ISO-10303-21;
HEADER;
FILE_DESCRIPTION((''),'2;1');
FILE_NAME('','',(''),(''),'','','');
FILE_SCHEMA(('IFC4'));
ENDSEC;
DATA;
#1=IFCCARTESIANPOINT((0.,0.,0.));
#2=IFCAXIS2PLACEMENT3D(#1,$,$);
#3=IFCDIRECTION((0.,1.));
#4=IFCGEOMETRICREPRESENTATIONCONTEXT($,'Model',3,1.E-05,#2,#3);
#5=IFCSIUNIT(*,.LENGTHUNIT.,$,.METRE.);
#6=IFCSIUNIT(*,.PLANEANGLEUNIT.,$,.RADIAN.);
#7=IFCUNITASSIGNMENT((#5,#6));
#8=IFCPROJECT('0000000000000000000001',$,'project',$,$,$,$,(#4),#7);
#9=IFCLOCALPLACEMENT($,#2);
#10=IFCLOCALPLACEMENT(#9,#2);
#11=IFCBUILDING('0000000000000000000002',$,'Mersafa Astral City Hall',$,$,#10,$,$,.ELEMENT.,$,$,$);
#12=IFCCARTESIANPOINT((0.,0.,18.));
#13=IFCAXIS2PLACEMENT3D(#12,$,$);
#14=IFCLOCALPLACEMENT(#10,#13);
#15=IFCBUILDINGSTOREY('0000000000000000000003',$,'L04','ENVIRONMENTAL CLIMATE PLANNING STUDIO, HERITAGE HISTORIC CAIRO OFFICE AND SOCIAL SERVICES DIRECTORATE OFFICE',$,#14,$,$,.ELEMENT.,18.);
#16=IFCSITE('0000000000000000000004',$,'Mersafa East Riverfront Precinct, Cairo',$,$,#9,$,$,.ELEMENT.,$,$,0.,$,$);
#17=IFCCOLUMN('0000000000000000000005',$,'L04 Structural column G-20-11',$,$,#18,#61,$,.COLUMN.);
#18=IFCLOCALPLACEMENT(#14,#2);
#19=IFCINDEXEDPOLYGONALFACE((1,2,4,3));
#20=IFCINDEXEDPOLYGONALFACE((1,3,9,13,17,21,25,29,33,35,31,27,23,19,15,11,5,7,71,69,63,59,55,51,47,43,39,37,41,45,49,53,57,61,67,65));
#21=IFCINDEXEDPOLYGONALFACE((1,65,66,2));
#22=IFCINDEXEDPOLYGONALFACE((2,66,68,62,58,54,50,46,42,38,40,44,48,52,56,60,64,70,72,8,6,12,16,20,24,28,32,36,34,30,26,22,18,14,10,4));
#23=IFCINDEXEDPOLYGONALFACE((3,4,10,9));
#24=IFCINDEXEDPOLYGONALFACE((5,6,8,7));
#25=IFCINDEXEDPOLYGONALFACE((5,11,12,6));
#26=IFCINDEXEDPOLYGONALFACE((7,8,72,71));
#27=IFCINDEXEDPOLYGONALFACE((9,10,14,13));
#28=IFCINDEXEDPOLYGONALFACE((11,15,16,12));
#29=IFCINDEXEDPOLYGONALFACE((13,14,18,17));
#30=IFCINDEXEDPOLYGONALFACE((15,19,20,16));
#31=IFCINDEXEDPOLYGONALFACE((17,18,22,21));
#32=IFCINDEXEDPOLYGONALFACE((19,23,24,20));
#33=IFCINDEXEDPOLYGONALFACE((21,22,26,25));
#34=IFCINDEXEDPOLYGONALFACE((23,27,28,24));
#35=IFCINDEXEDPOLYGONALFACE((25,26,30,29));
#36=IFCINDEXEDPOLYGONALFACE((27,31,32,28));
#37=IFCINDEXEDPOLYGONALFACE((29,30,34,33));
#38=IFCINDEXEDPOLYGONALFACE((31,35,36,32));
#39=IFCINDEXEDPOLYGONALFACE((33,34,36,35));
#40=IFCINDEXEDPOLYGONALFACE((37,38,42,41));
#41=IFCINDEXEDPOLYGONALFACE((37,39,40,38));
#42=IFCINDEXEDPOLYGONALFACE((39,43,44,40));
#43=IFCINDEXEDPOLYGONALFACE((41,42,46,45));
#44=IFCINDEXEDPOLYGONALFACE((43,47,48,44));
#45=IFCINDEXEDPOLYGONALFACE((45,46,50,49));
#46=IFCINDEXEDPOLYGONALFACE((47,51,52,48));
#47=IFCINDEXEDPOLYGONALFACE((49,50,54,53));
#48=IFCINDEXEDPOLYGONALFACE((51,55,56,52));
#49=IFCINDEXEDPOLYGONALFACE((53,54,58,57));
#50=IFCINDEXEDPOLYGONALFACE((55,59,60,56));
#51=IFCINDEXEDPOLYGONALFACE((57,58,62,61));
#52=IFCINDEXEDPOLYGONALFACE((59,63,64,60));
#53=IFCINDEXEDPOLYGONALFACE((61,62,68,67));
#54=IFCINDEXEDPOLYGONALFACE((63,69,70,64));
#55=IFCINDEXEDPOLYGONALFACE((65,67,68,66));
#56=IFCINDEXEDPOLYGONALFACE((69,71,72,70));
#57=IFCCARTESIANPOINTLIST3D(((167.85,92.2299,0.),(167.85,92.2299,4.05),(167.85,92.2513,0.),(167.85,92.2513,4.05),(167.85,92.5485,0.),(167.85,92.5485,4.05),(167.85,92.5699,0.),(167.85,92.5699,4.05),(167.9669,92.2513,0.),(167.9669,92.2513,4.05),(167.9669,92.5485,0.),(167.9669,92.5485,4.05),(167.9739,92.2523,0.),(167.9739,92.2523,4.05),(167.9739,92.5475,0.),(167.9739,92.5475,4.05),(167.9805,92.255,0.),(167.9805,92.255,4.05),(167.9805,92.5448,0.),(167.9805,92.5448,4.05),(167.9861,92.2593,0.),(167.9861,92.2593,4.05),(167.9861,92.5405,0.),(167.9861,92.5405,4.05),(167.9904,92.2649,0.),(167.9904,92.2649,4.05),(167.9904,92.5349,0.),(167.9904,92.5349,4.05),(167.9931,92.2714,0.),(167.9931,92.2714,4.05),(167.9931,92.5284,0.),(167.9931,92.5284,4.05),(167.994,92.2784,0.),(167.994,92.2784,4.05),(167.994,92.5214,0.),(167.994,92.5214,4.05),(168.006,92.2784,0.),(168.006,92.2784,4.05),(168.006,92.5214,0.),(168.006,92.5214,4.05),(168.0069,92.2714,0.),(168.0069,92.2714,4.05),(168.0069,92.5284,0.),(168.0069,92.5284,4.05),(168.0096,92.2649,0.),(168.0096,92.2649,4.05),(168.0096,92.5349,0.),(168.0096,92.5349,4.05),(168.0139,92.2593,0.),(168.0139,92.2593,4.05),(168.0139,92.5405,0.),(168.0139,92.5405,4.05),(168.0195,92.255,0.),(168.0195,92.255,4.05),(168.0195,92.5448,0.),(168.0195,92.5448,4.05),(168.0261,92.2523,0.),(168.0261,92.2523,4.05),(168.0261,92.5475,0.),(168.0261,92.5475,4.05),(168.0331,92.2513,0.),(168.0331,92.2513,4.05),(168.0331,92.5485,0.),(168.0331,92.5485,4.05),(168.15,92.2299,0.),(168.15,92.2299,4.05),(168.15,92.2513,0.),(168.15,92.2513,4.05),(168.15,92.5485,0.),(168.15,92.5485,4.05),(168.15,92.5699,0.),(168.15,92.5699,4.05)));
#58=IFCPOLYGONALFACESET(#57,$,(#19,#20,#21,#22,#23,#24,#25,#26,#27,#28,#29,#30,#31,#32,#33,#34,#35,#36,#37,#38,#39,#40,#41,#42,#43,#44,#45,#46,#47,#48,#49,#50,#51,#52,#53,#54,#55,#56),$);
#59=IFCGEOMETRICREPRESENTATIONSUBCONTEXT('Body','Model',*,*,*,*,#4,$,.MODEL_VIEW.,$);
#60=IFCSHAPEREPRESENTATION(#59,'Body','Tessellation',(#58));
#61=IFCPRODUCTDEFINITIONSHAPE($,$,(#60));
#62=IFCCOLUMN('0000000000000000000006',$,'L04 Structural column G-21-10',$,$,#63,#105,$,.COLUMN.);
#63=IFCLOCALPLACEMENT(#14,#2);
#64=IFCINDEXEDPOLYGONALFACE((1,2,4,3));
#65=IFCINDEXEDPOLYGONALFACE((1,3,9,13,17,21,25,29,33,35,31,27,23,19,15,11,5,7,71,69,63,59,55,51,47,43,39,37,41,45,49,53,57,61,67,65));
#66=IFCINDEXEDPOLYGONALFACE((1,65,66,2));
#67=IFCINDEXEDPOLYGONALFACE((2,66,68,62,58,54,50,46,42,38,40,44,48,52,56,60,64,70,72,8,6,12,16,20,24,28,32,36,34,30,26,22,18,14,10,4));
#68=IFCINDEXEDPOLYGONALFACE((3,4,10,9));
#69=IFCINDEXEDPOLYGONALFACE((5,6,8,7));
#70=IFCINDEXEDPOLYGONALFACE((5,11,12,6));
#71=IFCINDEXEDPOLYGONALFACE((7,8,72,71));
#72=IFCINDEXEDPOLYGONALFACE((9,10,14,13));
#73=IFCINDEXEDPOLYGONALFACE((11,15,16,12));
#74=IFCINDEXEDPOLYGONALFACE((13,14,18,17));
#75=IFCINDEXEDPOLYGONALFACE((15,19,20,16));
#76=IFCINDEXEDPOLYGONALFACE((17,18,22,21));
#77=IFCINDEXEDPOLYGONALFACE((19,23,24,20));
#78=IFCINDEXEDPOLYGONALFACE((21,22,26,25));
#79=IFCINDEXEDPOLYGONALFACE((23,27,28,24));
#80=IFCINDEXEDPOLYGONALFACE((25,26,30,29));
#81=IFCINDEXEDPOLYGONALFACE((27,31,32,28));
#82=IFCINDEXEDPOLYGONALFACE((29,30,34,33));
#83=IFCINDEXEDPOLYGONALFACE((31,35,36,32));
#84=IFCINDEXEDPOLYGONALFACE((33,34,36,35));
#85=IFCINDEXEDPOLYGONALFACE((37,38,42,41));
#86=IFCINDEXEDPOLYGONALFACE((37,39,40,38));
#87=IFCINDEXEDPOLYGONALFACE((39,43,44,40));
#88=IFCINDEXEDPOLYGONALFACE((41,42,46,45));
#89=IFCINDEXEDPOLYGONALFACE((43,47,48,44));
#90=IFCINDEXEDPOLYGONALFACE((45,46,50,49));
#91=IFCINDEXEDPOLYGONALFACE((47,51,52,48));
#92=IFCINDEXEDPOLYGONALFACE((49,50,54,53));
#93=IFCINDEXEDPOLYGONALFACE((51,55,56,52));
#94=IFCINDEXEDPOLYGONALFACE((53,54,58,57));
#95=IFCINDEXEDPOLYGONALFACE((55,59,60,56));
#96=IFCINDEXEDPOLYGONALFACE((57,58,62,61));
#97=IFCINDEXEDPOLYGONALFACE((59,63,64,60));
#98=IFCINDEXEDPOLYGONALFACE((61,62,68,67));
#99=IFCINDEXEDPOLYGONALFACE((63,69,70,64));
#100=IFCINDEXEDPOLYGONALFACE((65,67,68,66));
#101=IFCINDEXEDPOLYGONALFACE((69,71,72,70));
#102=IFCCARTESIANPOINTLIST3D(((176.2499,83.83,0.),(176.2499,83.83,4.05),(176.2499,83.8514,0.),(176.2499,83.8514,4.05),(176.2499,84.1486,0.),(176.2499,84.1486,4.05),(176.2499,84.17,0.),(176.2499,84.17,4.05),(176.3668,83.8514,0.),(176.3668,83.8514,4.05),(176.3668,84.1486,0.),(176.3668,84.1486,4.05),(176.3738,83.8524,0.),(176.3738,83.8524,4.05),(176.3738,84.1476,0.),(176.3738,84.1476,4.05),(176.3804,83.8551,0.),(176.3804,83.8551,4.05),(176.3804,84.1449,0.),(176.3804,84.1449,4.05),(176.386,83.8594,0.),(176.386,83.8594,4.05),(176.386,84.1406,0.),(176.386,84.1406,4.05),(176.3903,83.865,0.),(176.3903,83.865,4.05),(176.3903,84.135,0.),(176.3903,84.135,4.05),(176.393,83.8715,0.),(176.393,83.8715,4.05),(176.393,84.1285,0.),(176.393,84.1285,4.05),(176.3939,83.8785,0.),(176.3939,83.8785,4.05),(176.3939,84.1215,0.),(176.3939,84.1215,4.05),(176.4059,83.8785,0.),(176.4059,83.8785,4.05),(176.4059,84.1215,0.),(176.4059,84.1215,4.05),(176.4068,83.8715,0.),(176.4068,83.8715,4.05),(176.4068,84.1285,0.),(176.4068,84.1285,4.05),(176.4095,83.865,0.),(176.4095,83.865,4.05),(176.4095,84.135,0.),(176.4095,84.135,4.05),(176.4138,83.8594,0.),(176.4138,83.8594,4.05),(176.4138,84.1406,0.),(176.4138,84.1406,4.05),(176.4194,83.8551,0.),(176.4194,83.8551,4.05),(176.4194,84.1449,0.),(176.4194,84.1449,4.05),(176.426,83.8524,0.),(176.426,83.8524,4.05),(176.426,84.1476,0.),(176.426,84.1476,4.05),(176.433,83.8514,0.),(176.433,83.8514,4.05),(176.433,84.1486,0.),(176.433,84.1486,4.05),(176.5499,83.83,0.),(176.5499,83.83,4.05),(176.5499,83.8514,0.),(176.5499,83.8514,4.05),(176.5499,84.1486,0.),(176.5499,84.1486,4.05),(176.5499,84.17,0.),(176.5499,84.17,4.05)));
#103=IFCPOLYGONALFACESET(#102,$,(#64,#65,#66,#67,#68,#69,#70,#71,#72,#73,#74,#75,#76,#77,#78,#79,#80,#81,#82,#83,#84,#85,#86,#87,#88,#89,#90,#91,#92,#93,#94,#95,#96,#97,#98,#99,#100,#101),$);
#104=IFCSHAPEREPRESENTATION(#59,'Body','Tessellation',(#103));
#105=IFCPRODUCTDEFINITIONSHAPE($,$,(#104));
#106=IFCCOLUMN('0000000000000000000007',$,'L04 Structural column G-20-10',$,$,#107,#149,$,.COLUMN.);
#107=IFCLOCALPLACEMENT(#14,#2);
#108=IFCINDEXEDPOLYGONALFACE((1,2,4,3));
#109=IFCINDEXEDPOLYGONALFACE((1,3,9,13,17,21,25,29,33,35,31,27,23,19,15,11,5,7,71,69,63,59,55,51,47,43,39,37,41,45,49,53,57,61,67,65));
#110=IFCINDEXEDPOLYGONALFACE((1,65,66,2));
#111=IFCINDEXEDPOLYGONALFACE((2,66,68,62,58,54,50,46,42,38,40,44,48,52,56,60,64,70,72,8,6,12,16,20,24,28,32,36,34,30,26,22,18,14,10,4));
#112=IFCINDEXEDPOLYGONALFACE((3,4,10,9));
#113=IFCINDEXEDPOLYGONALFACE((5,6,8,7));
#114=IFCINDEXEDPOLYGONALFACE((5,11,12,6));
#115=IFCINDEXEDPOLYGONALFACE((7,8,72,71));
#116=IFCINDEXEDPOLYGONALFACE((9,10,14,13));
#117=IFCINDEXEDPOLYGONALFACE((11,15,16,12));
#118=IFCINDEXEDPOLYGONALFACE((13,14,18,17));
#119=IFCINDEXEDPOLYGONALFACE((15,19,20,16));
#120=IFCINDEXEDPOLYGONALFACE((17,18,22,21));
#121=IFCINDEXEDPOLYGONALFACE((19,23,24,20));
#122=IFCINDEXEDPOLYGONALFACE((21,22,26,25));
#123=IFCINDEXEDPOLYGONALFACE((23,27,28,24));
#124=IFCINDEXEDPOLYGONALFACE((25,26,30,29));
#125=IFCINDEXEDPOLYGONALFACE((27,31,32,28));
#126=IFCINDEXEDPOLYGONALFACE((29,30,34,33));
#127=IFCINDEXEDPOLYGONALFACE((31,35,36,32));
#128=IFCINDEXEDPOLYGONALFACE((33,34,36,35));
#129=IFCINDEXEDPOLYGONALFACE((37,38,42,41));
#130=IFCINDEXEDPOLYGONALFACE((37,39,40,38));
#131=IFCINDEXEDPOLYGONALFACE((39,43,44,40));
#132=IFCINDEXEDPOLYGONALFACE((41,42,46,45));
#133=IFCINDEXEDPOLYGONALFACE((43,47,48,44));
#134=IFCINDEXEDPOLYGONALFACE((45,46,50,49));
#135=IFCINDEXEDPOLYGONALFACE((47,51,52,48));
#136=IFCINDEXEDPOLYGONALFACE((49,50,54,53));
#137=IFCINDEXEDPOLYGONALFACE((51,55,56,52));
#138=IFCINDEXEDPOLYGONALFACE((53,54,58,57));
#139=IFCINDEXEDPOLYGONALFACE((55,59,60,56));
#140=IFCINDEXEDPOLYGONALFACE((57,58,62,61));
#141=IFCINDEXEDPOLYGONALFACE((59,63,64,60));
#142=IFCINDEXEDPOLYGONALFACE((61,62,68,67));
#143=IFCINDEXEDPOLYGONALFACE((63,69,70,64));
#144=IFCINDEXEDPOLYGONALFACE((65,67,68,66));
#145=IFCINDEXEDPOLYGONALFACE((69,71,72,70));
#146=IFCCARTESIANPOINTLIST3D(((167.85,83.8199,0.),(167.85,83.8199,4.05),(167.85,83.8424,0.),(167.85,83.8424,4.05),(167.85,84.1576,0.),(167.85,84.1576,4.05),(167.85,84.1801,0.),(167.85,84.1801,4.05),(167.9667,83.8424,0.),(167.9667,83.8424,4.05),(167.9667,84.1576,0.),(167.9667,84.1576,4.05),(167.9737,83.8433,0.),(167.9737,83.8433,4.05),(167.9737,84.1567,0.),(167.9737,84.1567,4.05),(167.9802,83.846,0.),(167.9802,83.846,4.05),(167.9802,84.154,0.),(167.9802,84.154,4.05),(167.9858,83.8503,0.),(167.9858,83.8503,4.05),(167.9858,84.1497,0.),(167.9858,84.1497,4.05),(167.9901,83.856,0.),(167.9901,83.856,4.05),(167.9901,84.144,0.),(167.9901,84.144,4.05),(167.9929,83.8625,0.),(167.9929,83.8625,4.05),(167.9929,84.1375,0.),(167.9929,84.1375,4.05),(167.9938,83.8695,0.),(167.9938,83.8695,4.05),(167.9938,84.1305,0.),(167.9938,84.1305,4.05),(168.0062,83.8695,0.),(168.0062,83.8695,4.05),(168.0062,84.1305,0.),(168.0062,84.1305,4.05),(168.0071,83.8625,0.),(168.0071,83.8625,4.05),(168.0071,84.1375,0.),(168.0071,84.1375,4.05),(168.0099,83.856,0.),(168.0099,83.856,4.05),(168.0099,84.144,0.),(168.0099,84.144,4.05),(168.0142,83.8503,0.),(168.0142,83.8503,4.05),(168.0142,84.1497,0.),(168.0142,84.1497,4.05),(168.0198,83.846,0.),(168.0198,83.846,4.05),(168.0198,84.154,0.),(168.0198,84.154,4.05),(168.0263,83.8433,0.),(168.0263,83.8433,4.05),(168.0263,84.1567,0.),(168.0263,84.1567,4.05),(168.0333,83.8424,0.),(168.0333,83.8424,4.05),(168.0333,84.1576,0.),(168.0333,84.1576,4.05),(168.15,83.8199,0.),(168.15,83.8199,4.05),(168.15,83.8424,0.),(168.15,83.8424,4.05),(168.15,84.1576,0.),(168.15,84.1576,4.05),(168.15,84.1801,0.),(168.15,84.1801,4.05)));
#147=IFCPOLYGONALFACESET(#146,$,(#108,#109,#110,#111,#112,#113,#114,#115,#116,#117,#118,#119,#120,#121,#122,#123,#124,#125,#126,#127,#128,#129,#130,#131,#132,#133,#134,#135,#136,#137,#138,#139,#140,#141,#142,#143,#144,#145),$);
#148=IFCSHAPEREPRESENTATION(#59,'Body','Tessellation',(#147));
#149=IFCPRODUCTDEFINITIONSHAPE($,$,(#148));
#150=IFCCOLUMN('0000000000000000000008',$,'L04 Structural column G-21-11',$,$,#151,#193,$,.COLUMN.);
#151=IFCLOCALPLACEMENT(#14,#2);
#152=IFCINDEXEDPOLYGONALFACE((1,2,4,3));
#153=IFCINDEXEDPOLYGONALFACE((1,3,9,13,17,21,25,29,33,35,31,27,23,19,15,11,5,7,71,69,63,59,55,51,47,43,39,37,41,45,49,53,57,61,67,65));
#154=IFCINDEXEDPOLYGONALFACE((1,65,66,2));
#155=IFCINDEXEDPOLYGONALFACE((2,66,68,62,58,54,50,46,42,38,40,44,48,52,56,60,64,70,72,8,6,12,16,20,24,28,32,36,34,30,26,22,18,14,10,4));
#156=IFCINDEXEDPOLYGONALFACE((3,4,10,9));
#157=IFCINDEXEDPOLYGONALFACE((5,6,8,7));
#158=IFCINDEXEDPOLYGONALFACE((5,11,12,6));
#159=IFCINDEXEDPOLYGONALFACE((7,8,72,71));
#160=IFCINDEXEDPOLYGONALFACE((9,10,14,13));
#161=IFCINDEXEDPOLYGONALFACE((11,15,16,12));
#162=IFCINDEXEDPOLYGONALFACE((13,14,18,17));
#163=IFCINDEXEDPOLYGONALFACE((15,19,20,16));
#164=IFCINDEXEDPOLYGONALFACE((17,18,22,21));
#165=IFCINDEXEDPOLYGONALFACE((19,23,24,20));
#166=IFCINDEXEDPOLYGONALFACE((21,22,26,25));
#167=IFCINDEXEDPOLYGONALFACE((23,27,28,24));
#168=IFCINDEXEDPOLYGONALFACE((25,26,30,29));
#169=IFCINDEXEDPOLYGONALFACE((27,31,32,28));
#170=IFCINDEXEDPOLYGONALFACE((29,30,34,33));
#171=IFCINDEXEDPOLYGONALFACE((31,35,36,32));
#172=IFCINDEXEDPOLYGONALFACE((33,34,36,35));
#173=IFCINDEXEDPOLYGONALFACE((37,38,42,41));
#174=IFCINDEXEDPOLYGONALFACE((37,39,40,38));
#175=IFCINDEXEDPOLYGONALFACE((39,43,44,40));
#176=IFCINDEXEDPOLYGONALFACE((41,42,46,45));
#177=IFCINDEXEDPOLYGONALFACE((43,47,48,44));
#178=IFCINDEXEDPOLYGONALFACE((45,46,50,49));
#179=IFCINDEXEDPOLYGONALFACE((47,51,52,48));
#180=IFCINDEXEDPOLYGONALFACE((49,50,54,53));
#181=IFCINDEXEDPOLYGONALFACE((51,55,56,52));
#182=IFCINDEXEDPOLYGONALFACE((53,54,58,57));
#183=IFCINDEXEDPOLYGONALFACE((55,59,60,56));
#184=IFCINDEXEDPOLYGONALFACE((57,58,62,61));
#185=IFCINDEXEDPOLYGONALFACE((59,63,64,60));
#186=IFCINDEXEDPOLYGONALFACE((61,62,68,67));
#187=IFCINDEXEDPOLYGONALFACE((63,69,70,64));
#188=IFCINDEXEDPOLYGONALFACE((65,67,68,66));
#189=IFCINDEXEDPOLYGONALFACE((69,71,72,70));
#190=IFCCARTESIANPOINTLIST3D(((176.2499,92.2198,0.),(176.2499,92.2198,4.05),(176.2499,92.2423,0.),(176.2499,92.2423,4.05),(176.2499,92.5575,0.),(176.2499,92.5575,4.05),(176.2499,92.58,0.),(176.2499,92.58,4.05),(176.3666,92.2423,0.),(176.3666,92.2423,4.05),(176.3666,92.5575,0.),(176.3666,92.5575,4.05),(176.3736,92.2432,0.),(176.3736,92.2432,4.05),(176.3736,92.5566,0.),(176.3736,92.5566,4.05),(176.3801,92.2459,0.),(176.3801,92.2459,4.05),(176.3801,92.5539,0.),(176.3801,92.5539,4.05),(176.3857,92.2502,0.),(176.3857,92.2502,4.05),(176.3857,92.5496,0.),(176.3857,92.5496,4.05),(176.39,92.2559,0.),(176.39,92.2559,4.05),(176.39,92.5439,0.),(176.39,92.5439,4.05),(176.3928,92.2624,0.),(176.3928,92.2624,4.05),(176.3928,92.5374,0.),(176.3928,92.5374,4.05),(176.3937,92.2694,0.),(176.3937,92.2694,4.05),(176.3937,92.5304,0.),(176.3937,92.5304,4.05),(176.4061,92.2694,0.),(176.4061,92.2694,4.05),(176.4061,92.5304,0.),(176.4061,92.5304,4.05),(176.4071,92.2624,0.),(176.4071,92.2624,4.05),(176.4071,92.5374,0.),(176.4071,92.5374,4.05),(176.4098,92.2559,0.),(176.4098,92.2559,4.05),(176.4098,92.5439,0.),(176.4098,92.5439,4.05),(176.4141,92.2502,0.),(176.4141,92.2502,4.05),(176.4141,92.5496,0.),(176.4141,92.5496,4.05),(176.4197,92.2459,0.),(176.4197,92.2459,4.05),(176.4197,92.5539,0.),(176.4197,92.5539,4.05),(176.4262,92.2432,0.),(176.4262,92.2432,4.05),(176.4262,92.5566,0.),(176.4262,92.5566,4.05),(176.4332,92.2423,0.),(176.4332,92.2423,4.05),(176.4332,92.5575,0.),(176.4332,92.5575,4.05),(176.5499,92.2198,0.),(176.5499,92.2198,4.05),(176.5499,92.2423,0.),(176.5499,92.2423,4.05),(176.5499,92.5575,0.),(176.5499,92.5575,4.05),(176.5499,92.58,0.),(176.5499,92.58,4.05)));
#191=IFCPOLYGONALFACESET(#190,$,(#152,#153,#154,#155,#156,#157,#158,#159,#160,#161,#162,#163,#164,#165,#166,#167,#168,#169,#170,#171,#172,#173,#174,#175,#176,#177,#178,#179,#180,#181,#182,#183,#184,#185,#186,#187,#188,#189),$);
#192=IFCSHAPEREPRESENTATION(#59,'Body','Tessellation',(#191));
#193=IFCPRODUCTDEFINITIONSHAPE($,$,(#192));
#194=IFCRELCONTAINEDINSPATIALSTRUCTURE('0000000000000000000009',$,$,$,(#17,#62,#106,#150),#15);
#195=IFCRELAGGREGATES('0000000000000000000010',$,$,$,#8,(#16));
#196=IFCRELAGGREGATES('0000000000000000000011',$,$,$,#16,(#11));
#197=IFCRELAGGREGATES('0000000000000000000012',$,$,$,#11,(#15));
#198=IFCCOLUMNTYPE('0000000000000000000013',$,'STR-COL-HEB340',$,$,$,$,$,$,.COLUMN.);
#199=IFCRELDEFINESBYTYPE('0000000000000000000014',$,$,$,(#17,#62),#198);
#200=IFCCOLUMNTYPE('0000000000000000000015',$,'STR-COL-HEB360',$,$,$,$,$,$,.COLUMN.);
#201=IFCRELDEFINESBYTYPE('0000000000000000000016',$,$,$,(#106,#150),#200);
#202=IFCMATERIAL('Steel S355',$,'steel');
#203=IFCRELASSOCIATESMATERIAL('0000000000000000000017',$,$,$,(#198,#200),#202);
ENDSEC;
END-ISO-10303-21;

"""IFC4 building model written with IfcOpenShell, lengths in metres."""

from ifc_helpers import new_model, si_unit, direction, frame, origin, origin_2d, place, context, subcontext, project, spatial, i_section, extrude, material, material_profile, profile_set, type_object, element, save


model = new_model("IFC4")

# Units and contexts
model_context = context("Model", 3, precision=1e-05, world=origin(), true_north=direction((0.0, 1.0)))
body_context = subcontext(model_context, "Body", "Model", "MODEL_VIEW")
ifc_project = project(units=[si_unit("LENGTHUNIT", "METRE"), si_unit("PLANEANGLEUNIT", "RADIAN")], contexts=[model_context])

# Site, building, storey
site_placement = place(None, origin())
site = spatial("IfcSite", under=ifc_project, at=site_placement, Name="Mersafa East Riverfront Precinct, Cairo", CompositionType="ELEMENT", RefElevation=0.0)
building_placement = place(site_placement, origin())
building = spatial("IfcBuilding", under=site, at=building_placement, Name="Mersafa Astral City Hall", CompositionType="ELEMENT")
storey_placement = place(building_placement, frame((0.0, 0.0, 18.0)))
storey = spatial("IfcBuildingStorey", under=building, at=storey_placement, Name="L04", Description="ENVIRONMENTAL CLIMATE PLANNING STUDIO, HERITAGE HISTORIC CAIRO OFFICE AND SOCIAL SERVICES DIRECTORATE OFFICE", CompositionType="ELEMENT", Elevation=18.0)

# Columns
ifc_material_1 = material(Name="Steel S355", Category="steel")
ifc_material_profile_1 = material_profile(ifc_material_1, i_section(OverallWidth=0.3, OverallDepth=0.3401, WebThickness=0.012, FlangeThickness=0.0215, FilletRadius=0.0271, at=origin_2d()), Name="HEB 340")
ifc_profile_set_1 = profile_set([ifc_material_profile_1], Name="Steel S355")
column_type_1 = type_object("IfcColumnType", Name="STR-COL-HEB340", PredefinedType="COLUMN", material=ifc_profile_set_1)
for number, where, z_axis, x_axis, name in (
    (1, (168.0, 92.3999, 0.0), (0.0, 0.0, 1.0), (1.0, 0.0, 0.0), "L04 Structural column G-20-11"),
    (2, (176.3999, 84.0, 0.0), (0.0, 0.0, 1.0), (1.0, 0.0, 0.0), "L04 Structural column G-21-10"),
):
    element("IfcColumn", number, at=place(storey_placement, frame(where, z_axis=z_axis, x_axis=x_axis)), inside=storey, type_object=column_type_1, Name=name, PredefinedType="COLUMN", context=body_context, shape_type="SweptSolid", body=[
        extrude(i_section(OverallWidth=0.3, OverallDepth=0.3401, WebThickness=0.012, FlangeThickness=0.0215, FilletRadius=0.0271, at=origin_2d()), origin(), (0.0, 0.0, 1.0), 4.05),
    ])
ifc_material_profile_2 = material_profile(ifc_material_1, i_section(OverallWidth=0.3, OverallDepth=0.3601, WebThickness=0.0125, FlangeThickness=0.0225, FilletRadius=0.0271, at=origin_2d()), Name="HEB 360")
ifc_profile_set_2 = profile_set([ifc_material_profile_2], Name="Steel S355")
column_type_2 = type_object("IfcColumnType", Name="STR-COL-HEB360", PredefinedType="COLUMN", material=ifc_profile_set_2)
for number, where, z_axis, x_axis, name in (
    (3, (168.0, 84.0, 0.0), (0.0, 0.0, 1.0), (1.0, 0.0, 0.0), "L04 Structural column G-20-10"),
    (4, (176.3999, 92.3999, 0.0), (0.0, 0.0, 1.0), (1.0, 0.0, 0.0), "L04 Structural column G-21-11"),
):
    element("IfcColumn", number, at=place(storey_placement, frame(where, z_axis=z_axis, x_axis=x_axis)), inside=storey, type_object=column_type_2, Name=name, PredefinedType="COLUMN", context=body_context, shape_type="SweptSolid", body=[
        extrude(i_section(OverallWidth=0.3, OverallDepth=0.3601, WebThickness=0.0125, FlangeThickness=0.0225, FilletRadius=0.0271, at=origin_2d()), origin(), (0.0, 0.0, 1.0), 4.05),
    ])

save(model, "model.ifc")
